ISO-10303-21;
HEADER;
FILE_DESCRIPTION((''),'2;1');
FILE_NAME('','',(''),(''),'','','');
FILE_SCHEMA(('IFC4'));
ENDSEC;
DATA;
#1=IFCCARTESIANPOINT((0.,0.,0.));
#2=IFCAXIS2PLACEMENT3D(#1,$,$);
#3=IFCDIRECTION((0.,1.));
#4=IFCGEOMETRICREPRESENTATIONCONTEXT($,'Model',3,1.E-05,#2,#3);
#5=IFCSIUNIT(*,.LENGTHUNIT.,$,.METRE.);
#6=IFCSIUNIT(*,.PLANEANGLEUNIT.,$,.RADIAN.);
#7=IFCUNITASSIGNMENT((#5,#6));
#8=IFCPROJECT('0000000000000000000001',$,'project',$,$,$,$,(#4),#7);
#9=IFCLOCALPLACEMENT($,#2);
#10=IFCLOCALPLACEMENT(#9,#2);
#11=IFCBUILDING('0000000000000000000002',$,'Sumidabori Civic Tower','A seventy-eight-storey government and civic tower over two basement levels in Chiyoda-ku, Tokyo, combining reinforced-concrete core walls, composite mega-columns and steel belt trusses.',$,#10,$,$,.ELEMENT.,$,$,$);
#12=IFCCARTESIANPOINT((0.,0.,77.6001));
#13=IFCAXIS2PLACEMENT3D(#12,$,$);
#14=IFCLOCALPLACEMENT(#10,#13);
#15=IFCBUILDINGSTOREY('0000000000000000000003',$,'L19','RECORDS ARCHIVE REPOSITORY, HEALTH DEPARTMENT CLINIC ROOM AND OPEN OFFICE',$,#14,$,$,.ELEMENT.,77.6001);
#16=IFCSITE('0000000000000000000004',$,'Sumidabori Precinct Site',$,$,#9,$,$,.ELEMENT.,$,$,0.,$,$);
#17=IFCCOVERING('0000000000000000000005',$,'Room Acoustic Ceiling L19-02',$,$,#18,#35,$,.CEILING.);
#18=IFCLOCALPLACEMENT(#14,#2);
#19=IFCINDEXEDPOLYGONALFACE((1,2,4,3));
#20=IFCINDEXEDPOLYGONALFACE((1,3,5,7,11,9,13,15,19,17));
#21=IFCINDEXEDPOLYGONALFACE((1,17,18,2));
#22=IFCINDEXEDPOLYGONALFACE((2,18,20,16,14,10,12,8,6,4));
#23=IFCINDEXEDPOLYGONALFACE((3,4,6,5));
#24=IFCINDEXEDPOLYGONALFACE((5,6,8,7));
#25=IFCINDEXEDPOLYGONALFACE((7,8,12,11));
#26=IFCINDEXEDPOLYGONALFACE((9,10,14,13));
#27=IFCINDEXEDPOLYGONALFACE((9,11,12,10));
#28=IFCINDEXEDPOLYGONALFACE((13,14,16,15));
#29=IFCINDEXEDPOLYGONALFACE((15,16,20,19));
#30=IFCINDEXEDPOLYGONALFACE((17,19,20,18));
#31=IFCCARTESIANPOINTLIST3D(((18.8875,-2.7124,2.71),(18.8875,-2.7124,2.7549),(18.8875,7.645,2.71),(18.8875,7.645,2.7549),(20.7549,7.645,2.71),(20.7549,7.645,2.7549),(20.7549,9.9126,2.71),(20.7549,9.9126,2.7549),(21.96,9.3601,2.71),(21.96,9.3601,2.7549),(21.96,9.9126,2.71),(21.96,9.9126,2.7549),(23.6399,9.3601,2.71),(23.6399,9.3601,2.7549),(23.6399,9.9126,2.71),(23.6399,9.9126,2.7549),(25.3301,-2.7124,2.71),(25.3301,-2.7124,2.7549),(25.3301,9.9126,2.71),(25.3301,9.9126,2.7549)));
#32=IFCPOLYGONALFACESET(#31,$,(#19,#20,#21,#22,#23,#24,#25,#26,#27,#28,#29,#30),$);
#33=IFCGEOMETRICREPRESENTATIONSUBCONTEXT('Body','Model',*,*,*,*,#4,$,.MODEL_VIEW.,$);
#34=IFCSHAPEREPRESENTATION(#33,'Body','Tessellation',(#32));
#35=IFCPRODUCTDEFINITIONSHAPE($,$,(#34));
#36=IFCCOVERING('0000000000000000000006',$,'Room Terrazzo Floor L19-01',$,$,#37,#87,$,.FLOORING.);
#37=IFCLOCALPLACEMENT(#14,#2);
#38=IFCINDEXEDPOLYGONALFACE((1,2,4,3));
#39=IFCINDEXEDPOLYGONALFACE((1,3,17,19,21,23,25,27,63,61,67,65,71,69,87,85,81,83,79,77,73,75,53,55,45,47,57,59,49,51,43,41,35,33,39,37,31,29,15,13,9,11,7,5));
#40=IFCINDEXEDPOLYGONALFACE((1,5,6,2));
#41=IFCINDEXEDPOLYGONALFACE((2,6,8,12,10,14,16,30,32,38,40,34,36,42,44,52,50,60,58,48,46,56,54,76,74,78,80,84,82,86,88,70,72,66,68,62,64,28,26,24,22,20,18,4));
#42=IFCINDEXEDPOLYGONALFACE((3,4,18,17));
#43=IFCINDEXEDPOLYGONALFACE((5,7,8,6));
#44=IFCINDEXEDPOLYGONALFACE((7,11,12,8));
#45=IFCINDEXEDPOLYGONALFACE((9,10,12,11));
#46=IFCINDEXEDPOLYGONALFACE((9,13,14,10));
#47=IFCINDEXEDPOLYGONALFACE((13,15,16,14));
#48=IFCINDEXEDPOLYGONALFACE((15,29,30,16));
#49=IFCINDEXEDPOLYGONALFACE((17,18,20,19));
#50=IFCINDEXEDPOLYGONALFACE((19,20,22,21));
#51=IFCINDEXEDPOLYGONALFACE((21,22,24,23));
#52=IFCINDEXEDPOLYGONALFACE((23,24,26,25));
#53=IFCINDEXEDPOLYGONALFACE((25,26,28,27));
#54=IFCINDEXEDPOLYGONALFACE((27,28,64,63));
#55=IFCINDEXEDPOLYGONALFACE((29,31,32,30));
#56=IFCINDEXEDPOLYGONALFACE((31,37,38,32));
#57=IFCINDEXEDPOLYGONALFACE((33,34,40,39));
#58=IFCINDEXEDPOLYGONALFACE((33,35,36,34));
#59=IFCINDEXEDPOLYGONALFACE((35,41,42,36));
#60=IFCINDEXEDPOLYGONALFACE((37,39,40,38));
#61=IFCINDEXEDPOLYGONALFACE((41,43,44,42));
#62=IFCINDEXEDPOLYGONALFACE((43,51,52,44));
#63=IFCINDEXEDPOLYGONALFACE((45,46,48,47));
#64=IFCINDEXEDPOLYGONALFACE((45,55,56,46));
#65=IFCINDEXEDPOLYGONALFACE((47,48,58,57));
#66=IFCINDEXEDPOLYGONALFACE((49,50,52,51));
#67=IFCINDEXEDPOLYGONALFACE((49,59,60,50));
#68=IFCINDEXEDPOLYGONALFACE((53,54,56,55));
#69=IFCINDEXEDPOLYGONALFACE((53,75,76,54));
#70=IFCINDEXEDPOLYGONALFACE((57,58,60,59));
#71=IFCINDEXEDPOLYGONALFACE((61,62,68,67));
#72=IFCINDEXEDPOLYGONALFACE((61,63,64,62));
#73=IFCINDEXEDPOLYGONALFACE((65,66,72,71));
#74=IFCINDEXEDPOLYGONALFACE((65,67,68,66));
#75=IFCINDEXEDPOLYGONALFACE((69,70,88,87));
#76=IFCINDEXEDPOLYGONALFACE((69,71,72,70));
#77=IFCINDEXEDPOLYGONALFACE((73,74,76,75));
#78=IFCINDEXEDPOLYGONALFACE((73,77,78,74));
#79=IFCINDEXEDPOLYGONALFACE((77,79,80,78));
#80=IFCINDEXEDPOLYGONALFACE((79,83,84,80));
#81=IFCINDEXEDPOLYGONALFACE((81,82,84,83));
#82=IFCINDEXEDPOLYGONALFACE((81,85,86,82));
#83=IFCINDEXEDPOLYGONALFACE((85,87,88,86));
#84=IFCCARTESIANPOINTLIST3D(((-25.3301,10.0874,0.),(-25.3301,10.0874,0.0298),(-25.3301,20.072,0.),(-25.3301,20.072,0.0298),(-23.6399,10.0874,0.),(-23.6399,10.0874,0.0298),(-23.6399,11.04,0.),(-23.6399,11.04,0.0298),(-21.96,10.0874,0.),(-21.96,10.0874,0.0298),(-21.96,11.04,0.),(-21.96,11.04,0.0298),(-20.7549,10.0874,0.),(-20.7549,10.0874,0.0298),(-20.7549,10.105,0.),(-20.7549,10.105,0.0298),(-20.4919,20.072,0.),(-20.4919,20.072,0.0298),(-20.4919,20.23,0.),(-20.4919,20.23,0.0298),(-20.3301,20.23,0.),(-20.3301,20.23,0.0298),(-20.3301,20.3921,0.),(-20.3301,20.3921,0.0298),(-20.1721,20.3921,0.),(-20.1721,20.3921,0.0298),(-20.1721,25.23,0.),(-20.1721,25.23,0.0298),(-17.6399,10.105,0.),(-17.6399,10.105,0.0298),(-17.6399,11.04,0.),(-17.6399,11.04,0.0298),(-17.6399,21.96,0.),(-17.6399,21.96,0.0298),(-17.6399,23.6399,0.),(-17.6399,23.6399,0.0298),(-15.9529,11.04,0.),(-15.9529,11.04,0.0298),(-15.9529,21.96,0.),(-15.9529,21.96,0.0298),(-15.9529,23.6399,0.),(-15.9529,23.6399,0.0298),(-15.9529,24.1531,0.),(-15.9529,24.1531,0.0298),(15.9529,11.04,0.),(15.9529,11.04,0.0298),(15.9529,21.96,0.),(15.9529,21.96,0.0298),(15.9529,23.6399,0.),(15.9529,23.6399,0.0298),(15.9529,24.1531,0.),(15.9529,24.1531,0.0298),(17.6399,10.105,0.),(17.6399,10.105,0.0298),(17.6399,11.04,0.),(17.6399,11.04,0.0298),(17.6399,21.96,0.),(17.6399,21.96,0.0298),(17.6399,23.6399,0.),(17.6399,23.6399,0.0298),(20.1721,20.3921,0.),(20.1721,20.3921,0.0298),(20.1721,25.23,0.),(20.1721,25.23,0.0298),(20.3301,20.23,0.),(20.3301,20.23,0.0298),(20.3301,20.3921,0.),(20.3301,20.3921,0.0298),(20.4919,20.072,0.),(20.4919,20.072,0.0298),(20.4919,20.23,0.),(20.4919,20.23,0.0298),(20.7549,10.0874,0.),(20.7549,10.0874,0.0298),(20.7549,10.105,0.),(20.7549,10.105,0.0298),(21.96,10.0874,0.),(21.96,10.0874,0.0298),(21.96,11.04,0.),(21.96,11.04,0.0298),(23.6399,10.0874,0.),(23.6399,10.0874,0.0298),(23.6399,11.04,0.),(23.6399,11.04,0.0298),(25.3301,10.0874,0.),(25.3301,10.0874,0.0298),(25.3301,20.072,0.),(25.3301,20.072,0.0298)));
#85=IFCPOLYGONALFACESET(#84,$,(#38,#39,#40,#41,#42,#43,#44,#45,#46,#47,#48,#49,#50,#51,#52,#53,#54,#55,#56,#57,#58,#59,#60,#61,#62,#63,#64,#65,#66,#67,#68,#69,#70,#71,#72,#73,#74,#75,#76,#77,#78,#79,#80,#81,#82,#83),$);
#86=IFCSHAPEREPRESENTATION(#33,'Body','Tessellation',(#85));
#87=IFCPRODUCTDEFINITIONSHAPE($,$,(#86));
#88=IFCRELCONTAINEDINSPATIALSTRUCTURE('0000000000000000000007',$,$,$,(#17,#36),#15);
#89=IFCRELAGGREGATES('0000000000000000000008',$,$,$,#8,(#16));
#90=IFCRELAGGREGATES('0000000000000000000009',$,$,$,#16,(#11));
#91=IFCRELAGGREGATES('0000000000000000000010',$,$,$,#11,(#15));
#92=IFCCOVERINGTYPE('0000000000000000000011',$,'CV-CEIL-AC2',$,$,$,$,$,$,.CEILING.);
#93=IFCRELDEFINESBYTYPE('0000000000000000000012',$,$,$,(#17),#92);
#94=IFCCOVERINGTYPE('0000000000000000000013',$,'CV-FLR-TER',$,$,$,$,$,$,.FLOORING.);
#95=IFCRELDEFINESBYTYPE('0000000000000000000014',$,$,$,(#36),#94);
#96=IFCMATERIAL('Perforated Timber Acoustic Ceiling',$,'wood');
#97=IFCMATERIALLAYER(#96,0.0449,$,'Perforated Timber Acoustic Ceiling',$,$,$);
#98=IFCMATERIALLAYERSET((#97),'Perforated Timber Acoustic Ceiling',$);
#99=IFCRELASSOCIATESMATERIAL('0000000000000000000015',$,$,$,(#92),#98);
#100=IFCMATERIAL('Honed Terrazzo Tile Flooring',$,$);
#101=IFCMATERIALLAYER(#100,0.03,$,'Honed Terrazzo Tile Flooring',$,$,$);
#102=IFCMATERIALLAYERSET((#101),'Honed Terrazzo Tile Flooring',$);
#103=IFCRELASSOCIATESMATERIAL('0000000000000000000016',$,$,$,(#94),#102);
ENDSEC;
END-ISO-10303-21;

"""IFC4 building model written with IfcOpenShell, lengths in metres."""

from ifc_helpers import new_model, si_unit, direction, frame, origin, place, context, subcontext, project, spatial, polyline, outline, extrude, material, layer, layer_set, type_object, element, save


model = new_model("IFC4")

# Units and contexts
model_context = context("Model", 3, precision=1e-05, world=origin(), true_north=direction((0.0, 1.0)))
body_context = subcontext(model_context, "Body", "Model", "MODEL_VIEW")
ifc_project = project(units=[si_unit("LENGTHUNIT", "METRE"), si_unit("PLANEANGLEUNIT", "RADIAN")], contexts=[model_context])

# Site, building, storey
site_placement = place(None, origin())
site = spatial("IfcSite", under=ifc_project, at=site_placement, Name="Sumidabori Precinct Site", CompositionType="ELEMENT", RefElevation=0.0)
building_placement = place(site_placement, origin())
building = spatial("IfcBuilding", under=site, at=building_placement, Name="Sumidabori Civic Tower", Description="A seventy-eight-storey government and civic tower over two basement levels in Chiyoda-ku, Tokyo, combining reinforced-concrete core walls, composite mega-columns and steel belt trusses.", CompositionType="ELEMENT")
storey_placement = place(building_placement, frame((0.0, 0.0, 77.6001)))
storey = spatial("IfcBuildingStorey", under=building, at=storey_placement, Name="L19", Description="RECORDS ARCHIVE REPOSITORY, HEALTH DEPARTMENT CLINIC ROOM AND OPEN OFFICE", CompositionType="ELEMENT", Elevation=77.6001)

# Coverings
ifc_material_1 = material(Name="Perforated Timber Acoustic Ceiling", Category="wood")
ifc_layer_1 = layer(ifc_material_1, 0.0449, Name="Perforated Timber Acoustic Ceiling")
ifc_layer_set_1 = layer_set([ifc_layer_1], Name="Perforated Timber Acoustic Ceiling")
covering_type_1 = type_object("IfcCoveringType", Name="CV-CEIL-AC2", PredefinedType="CEILING", material=ifc_layer_set_1)
covering_1_placement = place(storey_placement, frame((0.0, 0.0, 2.71)))
element("IfcCovering", 1, at=covering_1_placement, inside=storey, type_object=covering_type_1, Name="Room Acoustic Ceiling L19-02", PredefinedType="CEILING", context=body_context, shape_type="SweptSolid", body=[
    extrude(outline(polyline([(18.8875, 7.645), (20.7549, 7.645), (20.7549, 9.9126), (21.96, 9.9126), (21.96, 9.3601), (23.6399, 9.3601), (23.6399, 9.9126), (25.3301, 9.9126), (25.3301, -2.7124), (18.8875, -2.7124), (18.8875, 7.645)])), origin(), (0.0, 0.0, 1.0), 0.0449),
])
ifc_material_2 = material(Name="Honed Terrazzo Tile Flooring")
ifc_layer_2 = layer(ifc_material_2, 0.03, Name="Honed Terrazzo Tile Flooring")
ifc_layer_set_2 = layer_set([ifc_layer_2], Name="Honed Terrazzo Tile Flooring")
covering_type_2 = type_object("IfcCoveringType", Name="CV-FLR-TER", PredefinedType="FLOORING", material=ifc_layer_set_2)
covering_2_placement = place(storey_placement, origin())
element("IfcCovering", 2, at=covering_2_placement, inside=storey, type_object=covering_type_2, Name="Room Terrazzo Floor L19-01", PredefinedType="FLOORING", context=body_context, shape_type="SweptSolid", body=[
    extrude(outline(polyline([(-25.3301, 10.0874), (-25.3301, 20.072), (-20.4919, 20.072), (-20.4919, 20.23), (-20.3301, 20.23), (-20.3301, 20.3921), (-20.1721, 20.3921), (-20.1721, 25.23), (20.1721, 25.23), (20.1721, 20.3921), (20.3301, 20.3921), (20.3301, 20.23), (20.4919, 20.23), (20.4919, 20.072), (25.3301, 20.072), (25.3301, 10.0874), (23.6399, 10.0874), (23.6399, 11.04), (21.96, 11.04), (21.96, 10.0874), (20.7549, 10.0874), (20.7549, 10.105), (17.6399, 10.105), (17.6399, 11.04), (15.9529, 11.04), (15.9529, 21.96), (17.6399, 21.96), (17.6399, 23.6399), (15.9529, 23.6399), (15.9529, 24.1531), (-15.9529, 24.1531), (-15.9529, 23.6399), (-17.6399, 23.6399), (-17.6399, 21.96), (-15.9529, 21.96), (-15.9529, 11.04), (-17.6399, 11.04), (-17.6399, 10.105), (-20.7549, 10.105), (-20.7549, 10.0874), (-21.96, 10.0874), (-21.96, 11.04), (-23.6399, 11.04), (-23.6399, 10.0874), (-25.3301, 10.0874)])), origin(), (0.0, 0.0, 1.0), 0.0298),
])

save(model, "model.ifc")
